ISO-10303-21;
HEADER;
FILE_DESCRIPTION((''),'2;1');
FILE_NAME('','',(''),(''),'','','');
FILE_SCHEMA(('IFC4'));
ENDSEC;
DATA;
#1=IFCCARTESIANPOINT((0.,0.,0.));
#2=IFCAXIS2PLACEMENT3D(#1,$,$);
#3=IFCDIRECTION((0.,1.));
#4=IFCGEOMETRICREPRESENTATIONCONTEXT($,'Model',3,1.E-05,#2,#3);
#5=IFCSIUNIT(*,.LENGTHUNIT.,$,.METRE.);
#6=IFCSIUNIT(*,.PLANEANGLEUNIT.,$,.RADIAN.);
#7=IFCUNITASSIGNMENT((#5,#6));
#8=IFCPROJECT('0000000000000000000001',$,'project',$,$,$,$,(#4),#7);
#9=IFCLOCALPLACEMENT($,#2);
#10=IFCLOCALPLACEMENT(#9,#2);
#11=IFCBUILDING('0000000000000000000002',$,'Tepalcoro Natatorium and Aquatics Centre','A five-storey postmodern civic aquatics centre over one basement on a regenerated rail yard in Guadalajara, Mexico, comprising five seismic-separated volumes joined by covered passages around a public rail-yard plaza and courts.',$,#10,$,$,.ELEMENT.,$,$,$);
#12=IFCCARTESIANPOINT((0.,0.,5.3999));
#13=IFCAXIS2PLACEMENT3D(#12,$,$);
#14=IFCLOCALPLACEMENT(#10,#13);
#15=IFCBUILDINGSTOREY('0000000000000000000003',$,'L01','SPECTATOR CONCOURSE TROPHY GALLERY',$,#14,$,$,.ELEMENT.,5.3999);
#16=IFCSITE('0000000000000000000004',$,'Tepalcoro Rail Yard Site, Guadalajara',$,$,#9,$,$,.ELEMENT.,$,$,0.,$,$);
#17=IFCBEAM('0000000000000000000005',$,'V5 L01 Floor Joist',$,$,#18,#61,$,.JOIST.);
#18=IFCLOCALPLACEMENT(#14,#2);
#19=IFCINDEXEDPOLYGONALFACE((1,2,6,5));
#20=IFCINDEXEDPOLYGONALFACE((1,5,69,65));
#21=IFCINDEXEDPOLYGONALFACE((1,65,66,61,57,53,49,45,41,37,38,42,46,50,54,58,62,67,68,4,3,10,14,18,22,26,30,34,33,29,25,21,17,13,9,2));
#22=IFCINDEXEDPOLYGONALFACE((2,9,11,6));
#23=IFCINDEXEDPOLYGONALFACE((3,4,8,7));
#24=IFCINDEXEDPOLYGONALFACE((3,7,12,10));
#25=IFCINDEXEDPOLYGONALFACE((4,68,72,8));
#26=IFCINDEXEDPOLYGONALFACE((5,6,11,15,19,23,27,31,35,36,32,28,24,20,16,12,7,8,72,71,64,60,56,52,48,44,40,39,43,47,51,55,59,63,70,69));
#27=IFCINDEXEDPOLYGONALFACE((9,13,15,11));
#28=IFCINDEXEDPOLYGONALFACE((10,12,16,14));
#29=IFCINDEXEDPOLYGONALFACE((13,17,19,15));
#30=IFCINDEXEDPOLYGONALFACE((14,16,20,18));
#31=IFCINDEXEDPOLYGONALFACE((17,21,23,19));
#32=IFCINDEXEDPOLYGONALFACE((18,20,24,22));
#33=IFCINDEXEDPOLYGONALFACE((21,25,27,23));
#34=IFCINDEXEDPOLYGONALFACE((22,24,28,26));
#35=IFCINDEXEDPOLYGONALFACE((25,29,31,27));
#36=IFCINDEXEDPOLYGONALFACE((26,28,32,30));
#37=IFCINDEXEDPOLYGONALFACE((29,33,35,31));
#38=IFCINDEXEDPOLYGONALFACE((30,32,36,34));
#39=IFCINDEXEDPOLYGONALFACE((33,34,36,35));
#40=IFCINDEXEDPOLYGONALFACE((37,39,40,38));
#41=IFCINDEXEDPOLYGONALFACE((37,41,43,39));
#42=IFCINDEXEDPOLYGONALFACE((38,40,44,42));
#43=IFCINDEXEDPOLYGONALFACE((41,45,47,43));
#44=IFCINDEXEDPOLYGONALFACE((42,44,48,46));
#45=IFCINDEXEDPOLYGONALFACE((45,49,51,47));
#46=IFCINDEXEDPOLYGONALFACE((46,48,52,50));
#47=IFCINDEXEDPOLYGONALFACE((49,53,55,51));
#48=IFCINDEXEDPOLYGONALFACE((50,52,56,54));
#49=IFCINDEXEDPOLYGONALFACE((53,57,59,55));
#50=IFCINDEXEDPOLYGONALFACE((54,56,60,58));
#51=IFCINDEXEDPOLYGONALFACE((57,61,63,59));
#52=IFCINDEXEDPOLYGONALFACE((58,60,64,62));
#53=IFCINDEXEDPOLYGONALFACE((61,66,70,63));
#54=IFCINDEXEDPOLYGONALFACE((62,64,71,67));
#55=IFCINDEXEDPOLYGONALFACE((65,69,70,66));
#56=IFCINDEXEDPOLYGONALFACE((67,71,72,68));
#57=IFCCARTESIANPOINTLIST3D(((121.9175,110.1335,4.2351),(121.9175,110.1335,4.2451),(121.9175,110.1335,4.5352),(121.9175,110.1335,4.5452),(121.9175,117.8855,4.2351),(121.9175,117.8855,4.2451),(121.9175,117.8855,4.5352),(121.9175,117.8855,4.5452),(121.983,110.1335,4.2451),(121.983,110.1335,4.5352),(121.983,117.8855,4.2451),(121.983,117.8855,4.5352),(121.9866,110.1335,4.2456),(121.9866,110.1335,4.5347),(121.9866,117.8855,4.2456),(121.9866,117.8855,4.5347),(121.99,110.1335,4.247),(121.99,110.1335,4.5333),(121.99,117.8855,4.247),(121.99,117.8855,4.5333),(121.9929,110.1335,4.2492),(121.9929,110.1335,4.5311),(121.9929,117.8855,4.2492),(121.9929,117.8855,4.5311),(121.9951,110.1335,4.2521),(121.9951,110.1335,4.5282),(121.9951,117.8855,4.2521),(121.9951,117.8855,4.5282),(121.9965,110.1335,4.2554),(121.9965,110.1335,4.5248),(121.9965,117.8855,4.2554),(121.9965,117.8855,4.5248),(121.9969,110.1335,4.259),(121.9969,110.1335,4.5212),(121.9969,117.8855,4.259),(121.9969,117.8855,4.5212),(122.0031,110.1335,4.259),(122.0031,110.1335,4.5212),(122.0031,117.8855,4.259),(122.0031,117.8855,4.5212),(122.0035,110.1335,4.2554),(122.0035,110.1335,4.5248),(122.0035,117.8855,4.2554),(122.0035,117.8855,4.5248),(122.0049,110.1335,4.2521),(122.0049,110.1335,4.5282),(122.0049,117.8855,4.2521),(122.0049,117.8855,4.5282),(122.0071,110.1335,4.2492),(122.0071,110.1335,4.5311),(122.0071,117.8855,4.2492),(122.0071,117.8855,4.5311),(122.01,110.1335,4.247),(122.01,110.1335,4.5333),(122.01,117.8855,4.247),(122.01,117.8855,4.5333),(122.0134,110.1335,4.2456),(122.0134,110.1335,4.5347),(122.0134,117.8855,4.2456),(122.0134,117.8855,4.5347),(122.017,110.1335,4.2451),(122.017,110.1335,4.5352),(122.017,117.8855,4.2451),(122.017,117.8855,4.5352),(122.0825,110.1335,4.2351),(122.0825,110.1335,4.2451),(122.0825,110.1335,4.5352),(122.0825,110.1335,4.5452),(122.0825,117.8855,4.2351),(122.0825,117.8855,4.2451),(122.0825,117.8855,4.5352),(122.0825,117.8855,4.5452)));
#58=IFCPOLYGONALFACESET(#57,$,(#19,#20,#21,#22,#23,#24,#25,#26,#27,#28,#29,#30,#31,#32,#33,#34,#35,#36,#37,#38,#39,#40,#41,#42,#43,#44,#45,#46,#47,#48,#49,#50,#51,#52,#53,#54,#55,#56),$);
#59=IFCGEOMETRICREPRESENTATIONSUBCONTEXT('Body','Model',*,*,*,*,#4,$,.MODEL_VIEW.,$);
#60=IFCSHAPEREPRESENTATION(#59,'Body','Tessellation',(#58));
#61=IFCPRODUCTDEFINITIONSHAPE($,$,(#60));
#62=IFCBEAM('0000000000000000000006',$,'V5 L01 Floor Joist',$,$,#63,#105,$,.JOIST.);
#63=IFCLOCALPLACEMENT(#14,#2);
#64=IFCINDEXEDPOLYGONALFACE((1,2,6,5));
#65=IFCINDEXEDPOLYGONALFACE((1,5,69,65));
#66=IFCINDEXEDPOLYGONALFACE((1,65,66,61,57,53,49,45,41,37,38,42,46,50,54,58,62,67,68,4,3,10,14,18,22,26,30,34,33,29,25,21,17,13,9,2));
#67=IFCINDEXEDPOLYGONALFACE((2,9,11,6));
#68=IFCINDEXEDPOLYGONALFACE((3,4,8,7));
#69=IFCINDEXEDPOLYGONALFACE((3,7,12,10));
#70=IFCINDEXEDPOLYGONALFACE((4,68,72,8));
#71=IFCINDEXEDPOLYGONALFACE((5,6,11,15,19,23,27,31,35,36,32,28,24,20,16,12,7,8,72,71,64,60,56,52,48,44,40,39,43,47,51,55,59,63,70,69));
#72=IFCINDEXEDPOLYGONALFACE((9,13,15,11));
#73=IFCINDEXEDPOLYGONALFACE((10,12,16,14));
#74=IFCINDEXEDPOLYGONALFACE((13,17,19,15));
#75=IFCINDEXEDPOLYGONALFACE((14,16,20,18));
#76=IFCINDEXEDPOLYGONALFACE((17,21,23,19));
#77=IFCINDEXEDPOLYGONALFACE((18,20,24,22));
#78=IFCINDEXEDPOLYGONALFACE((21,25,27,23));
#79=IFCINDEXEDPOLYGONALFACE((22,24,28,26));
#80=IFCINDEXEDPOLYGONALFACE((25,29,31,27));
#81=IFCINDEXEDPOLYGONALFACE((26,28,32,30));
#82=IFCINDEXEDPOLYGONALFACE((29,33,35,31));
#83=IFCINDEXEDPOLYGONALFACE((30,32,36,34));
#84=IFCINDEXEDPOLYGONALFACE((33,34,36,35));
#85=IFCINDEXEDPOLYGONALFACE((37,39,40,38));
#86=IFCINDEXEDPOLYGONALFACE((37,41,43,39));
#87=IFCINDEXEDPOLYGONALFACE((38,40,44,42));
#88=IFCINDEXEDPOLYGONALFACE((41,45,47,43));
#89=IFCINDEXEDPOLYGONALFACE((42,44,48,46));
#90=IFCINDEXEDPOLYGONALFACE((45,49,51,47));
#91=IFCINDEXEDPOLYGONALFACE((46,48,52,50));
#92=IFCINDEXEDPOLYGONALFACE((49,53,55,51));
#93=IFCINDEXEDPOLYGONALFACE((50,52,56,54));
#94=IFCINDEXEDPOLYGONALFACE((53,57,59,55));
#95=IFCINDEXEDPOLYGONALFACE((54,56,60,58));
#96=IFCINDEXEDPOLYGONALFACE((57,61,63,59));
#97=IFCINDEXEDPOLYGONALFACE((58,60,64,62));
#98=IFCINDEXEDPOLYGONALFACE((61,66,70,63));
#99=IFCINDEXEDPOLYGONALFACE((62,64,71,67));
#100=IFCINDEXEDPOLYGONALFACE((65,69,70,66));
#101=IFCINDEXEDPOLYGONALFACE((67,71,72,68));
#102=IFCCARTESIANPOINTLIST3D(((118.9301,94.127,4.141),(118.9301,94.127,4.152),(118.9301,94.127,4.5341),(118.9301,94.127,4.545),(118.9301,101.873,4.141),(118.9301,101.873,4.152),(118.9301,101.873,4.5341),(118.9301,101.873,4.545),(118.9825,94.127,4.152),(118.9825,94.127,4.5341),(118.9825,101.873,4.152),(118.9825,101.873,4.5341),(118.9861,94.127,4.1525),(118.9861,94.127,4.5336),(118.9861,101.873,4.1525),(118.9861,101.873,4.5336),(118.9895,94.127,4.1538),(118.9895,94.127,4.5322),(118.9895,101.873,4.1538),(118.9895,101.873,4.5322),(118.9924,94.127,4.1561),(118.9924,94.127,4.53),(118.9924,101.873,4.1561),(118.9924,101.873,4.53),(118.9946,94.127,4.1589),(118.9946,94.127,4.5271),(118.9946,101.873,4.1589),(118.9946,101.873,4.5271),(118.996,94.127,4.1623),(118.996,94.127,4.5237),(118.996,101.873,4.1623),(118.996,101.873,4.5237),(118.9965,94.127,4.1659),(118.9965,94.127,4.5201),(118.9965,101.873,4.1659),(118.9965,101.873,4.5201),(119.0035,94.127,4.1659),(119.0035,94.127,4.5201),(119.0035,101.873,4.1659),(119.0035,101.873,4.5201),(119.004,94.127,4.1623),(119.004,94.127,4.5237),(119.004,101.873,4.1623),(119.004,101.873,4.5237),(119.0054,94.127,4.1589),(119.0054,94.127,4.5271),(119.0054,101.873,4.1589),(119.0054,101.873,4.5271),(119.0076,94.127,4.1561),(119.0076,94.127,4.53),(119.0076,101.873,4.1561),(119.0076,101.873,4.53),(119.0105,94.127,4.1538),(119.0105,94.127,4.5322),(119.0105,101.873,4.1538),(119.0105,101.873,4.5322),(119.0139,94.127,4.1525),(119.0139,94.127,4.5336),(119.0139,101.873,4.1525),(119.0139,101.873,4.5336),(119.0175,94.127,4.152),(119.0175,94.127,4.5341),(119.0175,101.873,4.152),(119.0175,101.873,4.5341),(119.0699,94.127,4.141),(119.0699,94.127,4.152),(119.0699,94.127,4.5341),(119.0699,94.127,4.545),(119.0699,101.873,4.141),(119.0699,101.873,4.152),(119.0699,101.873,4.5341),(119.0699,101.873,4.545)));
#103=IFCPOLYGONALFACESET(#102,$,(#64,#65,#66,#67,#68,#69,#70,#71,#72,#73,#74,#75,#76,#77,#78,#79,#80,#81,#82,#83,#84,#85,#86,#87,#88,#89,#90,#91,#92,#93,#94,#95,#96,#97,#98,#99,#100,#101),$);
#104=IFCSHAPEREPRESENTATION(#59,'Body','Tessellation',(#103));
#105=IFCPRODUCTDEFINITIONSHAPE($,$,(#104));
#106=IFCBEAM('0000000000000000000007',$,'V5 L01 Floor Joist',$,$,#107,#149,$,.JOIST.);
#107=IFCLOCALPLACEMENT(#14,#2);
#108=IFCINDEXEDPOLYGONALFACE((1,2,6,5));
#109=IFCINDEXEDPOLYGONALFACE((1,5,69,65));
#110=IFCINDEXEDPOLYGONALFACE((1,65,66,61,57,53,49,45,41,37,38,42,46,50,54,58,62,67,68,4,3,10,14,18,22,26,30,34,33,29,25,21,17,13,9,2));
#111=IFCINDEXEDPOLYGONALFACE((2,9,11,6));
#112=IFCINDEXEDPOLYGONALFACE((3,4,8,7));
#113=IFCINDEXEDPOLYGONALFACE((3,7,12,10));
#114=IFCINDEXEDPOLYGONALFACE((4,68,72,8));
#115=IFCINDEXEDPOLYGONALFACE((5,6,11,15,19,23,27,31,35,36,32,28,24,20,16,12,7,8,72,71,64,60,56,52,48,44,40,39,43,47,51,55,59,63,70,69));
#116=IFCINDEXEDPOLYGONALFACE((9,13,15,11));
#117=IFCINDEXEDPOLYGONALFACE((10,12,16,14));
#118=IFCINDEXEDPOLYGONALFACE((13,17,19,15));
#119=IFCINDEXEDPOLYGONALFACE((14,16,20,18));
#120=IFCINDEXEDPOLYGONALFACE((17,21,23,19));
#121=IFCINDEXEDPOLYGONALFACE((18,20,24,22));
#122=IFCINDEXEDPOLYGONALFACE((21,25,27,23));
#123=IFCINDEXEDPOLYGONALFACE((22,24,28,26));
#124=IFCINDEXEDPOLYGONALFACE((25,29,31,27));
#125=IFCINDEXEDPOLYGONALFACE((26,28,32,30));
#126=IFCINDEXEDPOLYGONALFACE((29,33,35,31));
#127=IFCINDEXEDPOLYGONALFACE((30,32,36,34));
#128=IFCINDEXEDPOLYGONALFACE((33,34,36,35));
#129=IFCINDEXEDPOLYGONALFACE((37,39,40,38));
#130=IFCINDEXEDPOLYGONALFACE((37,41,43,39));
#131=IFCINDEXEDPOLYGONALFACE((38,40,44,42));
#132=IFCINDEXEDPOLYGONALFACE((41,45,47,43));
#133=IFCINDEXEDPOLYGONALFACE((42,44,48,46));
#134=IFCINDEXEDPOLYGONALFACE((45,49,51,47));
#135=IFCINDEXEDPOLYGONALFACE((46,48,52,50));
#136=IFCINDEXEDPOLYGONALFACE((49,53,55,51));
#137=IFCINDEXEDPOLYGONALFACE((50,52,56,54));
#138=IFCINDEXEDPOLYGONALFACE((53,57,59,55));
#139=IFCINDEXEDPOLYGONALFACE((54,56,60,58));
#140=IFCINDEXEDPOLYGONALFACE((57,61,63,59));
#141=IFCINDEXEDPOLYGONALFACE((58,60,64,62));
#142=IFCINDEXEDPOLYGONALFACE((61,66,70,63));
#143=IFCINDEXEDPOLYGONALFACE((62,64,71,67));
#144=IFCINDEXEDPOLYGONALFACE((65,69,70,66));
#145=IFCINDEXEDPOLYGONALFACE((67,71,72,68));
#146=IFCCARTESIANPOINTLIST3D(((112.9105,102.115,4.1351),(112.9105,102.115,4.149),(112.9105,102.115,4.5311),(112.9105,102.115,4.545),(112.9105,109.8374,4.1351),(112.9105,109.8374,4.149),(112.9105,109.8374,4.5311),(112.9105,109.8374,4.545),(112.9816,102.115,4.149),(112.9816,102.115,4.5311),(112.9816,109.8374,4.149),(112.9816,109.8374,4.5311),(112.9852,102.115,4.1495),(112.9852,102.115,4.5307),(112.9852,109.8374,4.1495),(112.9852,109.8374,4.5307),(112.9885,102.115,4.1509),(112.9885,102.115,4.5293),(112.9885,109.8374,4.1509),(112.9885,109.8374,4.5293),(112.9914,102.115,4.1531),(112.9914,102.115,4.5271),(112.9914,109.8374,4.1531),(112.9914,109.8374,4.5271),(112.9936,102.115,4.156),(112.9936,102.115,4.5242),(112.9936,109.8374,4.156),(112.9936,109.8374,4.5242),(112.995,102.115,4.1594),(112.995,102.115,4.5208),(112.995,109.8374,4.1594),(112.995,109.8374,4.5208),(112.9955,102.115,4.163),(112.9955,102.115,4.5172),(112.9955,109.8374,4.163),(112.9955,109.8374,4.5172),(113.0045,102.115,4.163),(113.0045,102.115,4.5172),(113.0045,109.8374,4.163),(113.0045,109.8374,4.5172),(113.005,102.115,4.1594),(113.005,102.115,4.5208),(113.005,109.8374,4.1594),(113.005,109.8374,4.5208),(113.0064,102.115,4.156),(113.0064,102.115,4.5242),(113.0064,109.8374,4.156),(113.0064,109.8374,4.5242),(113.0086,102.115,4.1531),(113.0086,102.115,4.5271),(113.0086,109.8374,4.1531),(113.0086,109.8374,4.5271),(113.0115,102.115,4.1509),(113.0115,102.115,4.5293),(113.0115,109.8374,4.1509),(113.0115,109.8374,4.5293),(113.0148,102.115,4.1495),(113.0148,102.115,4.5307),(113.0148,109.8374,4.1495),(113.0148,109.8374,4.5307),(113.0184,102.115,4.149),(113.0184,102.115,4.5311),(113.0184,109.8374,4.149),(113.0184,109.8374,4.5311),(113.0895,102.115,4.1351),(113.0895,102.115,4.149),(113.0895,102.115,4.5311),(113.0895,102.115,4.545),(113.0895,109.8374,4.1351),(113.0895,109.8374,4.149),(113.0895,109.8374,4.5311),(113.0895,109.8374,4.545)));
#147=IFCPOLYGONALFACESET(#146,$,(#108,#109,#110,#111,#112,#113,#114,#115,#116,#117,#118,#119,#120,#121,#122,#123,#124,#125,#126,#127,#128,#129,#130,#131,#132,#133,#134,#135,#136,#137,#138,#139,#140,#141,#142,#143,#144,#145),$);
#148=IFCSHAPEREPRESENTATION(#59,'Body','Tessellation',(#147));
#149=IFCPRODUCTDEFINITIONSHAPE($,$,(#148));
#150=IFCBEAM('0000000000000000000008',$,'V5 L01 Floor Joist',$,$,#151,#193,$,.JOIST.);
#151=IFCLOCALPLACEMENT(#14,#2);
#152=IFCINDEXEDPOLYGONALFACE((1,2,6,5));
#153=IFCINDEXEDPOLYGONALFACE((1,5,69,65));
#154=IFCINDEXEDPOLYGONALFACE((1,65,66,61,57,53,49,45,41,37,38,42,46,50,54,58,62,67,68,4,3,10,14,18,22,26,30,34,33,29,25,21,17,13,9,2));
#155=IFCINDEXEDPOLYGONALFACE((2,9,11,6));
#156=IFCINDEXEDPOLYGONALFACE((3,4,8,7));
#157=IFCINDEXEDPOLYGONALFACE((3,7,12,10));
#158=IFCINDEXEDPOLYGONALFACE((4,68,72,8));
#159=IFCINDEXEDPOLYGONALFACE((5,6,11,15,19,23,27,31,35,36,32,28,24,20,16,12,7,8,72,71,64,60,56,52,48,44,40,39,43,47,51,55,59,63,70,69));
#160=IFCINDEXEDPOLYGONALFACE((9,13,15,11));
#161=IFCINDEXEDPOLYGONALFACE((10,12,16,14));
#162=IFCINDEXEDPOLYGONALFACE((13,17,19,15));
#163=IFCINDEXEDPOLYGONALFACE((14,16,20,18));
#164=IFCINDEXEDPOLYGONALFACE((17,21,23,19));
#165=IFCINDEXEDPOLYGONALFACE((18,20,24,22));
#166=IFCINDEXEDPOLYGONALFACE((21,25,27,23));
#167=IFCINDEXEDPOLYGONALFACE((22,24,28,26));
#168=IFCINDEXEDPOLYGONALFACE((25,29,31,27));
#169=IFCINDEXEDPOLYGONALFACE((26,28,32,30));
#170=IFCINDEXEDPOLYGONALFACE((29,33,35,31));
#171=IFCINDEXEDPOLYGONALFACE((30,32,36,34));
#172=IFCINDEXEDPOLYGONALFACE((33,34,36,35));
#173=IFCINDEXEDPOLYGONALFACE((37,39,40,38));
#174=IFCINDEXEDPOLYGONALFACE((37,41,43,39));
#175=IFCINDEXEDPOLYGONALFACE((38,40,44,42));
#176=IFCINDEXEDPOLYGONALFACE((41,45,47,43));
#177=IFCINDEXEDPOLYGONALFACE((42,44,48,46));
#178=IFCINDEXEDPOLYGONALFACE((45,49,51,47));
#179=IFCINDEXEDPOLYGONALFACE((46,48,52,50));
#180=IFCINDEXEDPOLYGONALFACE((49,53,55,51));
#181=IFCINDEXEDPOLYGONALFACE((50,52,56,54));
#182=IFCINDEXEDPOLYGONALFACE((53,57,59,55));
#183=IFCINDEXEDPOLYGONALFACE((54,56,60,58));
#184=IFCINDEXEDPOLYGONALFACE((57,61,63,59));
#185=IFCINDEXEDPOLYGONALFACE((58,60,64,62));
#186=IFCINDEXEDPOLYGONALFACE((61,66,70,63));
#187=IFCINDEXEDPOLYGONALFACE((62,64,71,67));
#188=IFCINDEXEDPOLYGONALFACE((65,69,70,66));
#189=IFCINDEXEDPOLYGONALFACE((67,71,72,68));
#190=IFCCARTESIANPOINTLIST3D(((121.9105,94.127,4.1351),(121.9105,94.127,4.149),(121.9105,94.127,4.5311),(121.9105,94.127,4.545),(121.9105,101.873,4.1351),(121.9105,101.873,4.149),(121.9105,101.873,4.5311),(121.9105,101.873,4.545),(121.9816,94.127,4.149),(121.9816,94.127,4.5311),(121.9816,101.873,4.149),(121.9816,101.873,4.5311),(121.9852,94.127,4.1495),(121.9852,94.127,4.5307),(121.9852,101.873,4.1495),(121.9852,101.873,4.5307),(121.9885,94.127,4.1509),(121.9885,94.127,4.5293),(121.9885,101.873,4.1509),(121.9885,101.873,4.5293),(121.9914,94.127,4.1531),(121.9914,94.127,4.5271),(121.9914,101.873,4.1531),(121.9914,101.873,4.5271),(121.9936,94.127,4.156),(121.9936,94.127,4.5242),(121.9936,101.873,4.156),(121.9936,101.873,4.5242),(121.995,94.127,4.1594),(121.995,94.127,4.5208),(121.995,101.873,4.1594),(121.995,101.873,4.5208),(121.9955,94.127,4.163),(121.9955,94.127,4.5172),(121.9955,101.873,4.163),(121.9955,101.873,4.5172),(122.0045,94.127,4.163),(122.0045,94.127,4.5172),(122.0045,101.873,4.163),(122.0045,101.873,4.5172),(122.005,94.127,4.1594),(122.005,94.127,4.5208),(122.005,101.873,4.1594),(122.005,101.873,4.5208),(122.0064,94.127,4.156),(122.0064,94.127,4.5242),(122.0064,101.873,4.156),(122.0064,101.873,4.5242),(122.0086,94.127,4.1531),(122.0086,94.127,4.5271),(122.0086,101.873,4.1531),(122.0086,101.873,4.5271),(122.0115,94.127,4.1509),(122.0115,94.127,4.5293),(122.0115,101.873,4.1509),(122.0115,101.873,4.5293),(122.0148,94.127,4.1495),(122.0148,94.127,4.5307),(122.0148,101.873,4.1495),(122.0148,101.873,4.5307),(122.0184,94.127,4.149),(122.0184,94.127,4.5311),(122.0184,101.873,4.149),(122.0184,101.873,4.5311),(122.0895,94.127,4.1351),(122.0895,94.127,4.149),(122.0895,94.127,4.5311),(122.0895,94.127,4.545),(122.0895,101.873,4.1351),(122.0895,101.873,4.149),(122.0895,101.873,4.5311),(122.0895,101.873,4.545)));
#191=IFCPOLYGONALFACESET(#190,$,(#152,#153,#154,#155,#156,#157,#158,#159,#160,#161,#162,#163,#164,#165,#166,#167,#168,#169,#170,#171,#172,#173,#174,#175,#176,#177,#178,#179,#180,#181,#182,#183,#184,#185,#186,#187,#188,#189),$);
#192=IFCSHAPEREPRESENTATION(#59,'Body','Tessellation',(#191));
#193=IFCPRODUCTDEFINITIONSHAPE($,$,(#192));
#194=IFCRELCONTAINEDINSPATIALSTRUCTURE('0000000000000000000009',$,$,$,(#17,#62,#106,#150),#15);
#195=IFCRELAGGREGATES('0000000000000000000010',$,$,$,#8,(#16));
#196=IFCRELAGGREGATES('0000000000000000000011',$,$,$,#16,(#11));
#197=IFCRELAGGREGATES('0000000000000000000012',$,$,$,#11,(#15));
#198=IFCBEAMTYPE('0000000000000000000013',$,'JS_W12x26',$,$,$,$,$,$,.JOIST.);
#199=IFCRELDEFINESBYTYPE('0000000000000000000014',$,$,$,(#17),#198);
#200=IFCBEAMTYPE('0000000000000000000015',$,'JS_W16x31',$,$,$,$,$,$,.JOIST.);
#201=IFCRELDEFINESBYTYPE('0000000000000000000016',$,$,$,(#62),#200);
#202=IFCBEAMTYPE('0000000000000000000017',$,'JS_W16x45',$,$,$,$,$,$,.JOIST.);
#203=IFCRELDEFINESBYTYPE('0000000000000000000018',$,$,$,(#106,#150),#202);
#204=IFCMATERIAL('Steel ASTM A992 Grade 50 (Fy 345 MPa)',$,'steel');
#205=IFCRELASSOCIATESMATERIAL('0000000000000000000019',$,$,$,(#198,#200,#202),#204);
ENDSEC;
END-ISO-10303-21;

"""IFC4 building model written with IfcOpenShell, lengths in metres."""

from ifc_helpers import new_model, si_unit, direction, frame, origin, origin_2d, place, context, subcontext, project, spatial, i_section, extrude, material, material_profile, profile_set, type_object, element, save


model = new_model("IFC4")

# Units and contexts
model_context = context("Model", 3, precision=1e-05, world=origin(), true_north=direction((0.0, 1.0)))
body_context = subcontext(model_context, "Body", "Model", "MODEL_VIEW")
ifc_project = project(units=[si_unit("LENGTHUNIT", "METRE"), si_unit("PLANEANGLEUNIT", "RADIAN")], contexts=[model_context])

# Site, building, storey
site_placement = place(None, origin())
site = spatial("IfcSite", under=ifc_project, at=site_placement, Name="Tepalcoro Rail Yard Site, Guadalajara", CompositionType="ELEMENT", RefElevation=0.0)
building_placement = place(site_placement, origin())
building = spatial("IfcBuilding", under=site, at=building_placement, Name="Tepalcoro Natatorium and Aquatics Centre", Description="A five-storey postmodern civic aquatics centre over one basement on a regenerated rail yard in Guadalajara, Mexico, comprising five seismic-separated volumes joined by covered passages around a public rail-yard plaza and courts.", CompositionType="ELEMENT")
storey_placement = place(building_placement, frame((0.0, 0.0, 5.3999)))
storey = spatial("IfcBuildingStorey", under=building, at=storey_placement, Name="L01", Description="SPECTATOR CONCOURSE TROPHY GALLERY", CompositionType="ELEMENT", Elevation=5.3999)

# Beams
ifc_material_1 = material(Name="Steel ASTM A992 Grade 50 (Fy 345 MPa)", Category="steel")
ifc_material_profile_1 = material_profile(ifc_material_1, i_section(OverallWidth=0.165, OverallDepth=0.3101, WebThickness=0.0061, FlangeThickness=0.01, FilletRadius=0.0139, at=origin_2d()), Name="W12X26")
ifc_profile_set_1 = profile_set([ifc_material_profile_1], Name="Steel ASTM A992 Grade 50 (Fy 345 MPa)")
beam_type_1 = type_object("IfcBeamType", Name="JS_W12x26", PredefinedType="JOIST", material=ifc_profile_set_1)
beam_1_placement = place(storey_placement, frame((122.0, 110.1335, 4.3901), z_axis=(0.0, 1.0, 0.0), x_axis=(-1.0, 0.0, 0.0)))
element("IfcBeam", 1, at=beam_1_placement, inside=storey, type_object=beam_type_1, Name="V5 L01 Floor Joist", PredefinedType="JOIST", context=body_context, shape_type="SweptSolid", body=[
    extrude(i_section(OverallWidth=0.165, OverallDepth=0.3101, WebThickness=0.0061, FlangeThickness=0.01, FilletRadius=0.0139, at=origin_2d()), origin(), (0.0, 0.0, 1.0), 7.752),
])
ifc_material_profile_2 = material_profile(ifc_material_1, i_section(OverallWidth=0.1399, OverallDepth=0.4041, WebThickness=0.0071, FlangeThickness=0.011, FilletRadius=0.0139, at=origin_2d()), Name="W16X31")
ifc_profile_set_2 = profile_set([ifc_material_profile_2], Name="Steel ASTM A992 Grade 50 (Fy 345 MPa)")
beam_type_2 = type_object("IfcBeamType", Name="JS_W16x31", PredefinedType="JOIST", material=ifc_profile_set_2)
beam_2_placement = place(storey_placement, frame((119.0, 94.127, 4.343), z_axis=(0.0, 1.0, 0.0), x_axis=(-1.0, 0.0, 0.0)))
element("IfcBeam", 2, at=beam_2_placement, inside=storey, type_object=beam_type_2, Name="V5 L01 Floor Joist", PredefinedType="JOIST", context=body_context, shape_type="SweptSolid", body=[
    extrude(i_section(OverallWidth=0.1399, OverallDepth=0.4041, WebThickness=0.0071, FlangeThickness=0.011, FilletRadius=0.0139, at=origin_2d()), origin(), (0.0, 0.0, 1.0), 7.7461),
])
ifc_material_profile_3 = material_profile(ifc_material_1, i_section(OverallWidth=0.179, OverallDepth=0.4099, WebThickness=0.009, FlangeThickness=0.0139, FilletRadius=0.0139, at=origin_2d()), Name="W16X45")
ifc_profile_set_3 = profile_set([ifc_material_profile_3], Name="Steel ASTM A992 Grade 50 (Fy 345 MPa)")
beam_type_3 = type_object("IfcBeamType", Name="JS_W16x45", PredefinedType="JOIST", material=ifc_profile_set_3)
beam_3_placement = place(storey_placement, frame((113.0, 102.115, 4.3401), z_axis=(0.0, 1.0, 0.0), x_axis=(-1.0, 0.0, 0.0)))
element("IfcBeam", 3, at=beam_3_placement, inside=storey, type_object=beam_type_3, Name="V5 L01 Floor Joist", PredefinedType="JOIST", context=body_context, shape_type="SweptSolid", body=[
    extrude(i_section(OverallWidth=0.179, OverallDepth=0.4099, WebThickness=0.009, FlangeThickness=0.0139, FilletRadius=0.0139, at=origin_2d()), origin(), (0.0, 0.0, 1.0), 7.7224),
])
beam_4_placement = place(storey_placement, frame((122.0, 94.127, 4.3401), z_axis=(0.0, 1.0, 0.0), x_axis=(-1.0, 0.0, 0.0)))
element("IfcBeam", 4, at=beam_4_placement, inside=storey, type_object=beam_type_3, Name="V5 L01 Floor Joist", PredefinedType="JOIST", context=body_context, shape_type="SweptSolid", body=[
    extrude(i_section(OverallWidth=0.179, OverallDepth=0.4099, WebThickness=0.009, FlangeThickness=0.0139, FilletRadius=0.0139, at=origin_2d()), origin(), (0.0, 0.0, 1.0), 7.7461),
])

save(model, "model.ifc")
